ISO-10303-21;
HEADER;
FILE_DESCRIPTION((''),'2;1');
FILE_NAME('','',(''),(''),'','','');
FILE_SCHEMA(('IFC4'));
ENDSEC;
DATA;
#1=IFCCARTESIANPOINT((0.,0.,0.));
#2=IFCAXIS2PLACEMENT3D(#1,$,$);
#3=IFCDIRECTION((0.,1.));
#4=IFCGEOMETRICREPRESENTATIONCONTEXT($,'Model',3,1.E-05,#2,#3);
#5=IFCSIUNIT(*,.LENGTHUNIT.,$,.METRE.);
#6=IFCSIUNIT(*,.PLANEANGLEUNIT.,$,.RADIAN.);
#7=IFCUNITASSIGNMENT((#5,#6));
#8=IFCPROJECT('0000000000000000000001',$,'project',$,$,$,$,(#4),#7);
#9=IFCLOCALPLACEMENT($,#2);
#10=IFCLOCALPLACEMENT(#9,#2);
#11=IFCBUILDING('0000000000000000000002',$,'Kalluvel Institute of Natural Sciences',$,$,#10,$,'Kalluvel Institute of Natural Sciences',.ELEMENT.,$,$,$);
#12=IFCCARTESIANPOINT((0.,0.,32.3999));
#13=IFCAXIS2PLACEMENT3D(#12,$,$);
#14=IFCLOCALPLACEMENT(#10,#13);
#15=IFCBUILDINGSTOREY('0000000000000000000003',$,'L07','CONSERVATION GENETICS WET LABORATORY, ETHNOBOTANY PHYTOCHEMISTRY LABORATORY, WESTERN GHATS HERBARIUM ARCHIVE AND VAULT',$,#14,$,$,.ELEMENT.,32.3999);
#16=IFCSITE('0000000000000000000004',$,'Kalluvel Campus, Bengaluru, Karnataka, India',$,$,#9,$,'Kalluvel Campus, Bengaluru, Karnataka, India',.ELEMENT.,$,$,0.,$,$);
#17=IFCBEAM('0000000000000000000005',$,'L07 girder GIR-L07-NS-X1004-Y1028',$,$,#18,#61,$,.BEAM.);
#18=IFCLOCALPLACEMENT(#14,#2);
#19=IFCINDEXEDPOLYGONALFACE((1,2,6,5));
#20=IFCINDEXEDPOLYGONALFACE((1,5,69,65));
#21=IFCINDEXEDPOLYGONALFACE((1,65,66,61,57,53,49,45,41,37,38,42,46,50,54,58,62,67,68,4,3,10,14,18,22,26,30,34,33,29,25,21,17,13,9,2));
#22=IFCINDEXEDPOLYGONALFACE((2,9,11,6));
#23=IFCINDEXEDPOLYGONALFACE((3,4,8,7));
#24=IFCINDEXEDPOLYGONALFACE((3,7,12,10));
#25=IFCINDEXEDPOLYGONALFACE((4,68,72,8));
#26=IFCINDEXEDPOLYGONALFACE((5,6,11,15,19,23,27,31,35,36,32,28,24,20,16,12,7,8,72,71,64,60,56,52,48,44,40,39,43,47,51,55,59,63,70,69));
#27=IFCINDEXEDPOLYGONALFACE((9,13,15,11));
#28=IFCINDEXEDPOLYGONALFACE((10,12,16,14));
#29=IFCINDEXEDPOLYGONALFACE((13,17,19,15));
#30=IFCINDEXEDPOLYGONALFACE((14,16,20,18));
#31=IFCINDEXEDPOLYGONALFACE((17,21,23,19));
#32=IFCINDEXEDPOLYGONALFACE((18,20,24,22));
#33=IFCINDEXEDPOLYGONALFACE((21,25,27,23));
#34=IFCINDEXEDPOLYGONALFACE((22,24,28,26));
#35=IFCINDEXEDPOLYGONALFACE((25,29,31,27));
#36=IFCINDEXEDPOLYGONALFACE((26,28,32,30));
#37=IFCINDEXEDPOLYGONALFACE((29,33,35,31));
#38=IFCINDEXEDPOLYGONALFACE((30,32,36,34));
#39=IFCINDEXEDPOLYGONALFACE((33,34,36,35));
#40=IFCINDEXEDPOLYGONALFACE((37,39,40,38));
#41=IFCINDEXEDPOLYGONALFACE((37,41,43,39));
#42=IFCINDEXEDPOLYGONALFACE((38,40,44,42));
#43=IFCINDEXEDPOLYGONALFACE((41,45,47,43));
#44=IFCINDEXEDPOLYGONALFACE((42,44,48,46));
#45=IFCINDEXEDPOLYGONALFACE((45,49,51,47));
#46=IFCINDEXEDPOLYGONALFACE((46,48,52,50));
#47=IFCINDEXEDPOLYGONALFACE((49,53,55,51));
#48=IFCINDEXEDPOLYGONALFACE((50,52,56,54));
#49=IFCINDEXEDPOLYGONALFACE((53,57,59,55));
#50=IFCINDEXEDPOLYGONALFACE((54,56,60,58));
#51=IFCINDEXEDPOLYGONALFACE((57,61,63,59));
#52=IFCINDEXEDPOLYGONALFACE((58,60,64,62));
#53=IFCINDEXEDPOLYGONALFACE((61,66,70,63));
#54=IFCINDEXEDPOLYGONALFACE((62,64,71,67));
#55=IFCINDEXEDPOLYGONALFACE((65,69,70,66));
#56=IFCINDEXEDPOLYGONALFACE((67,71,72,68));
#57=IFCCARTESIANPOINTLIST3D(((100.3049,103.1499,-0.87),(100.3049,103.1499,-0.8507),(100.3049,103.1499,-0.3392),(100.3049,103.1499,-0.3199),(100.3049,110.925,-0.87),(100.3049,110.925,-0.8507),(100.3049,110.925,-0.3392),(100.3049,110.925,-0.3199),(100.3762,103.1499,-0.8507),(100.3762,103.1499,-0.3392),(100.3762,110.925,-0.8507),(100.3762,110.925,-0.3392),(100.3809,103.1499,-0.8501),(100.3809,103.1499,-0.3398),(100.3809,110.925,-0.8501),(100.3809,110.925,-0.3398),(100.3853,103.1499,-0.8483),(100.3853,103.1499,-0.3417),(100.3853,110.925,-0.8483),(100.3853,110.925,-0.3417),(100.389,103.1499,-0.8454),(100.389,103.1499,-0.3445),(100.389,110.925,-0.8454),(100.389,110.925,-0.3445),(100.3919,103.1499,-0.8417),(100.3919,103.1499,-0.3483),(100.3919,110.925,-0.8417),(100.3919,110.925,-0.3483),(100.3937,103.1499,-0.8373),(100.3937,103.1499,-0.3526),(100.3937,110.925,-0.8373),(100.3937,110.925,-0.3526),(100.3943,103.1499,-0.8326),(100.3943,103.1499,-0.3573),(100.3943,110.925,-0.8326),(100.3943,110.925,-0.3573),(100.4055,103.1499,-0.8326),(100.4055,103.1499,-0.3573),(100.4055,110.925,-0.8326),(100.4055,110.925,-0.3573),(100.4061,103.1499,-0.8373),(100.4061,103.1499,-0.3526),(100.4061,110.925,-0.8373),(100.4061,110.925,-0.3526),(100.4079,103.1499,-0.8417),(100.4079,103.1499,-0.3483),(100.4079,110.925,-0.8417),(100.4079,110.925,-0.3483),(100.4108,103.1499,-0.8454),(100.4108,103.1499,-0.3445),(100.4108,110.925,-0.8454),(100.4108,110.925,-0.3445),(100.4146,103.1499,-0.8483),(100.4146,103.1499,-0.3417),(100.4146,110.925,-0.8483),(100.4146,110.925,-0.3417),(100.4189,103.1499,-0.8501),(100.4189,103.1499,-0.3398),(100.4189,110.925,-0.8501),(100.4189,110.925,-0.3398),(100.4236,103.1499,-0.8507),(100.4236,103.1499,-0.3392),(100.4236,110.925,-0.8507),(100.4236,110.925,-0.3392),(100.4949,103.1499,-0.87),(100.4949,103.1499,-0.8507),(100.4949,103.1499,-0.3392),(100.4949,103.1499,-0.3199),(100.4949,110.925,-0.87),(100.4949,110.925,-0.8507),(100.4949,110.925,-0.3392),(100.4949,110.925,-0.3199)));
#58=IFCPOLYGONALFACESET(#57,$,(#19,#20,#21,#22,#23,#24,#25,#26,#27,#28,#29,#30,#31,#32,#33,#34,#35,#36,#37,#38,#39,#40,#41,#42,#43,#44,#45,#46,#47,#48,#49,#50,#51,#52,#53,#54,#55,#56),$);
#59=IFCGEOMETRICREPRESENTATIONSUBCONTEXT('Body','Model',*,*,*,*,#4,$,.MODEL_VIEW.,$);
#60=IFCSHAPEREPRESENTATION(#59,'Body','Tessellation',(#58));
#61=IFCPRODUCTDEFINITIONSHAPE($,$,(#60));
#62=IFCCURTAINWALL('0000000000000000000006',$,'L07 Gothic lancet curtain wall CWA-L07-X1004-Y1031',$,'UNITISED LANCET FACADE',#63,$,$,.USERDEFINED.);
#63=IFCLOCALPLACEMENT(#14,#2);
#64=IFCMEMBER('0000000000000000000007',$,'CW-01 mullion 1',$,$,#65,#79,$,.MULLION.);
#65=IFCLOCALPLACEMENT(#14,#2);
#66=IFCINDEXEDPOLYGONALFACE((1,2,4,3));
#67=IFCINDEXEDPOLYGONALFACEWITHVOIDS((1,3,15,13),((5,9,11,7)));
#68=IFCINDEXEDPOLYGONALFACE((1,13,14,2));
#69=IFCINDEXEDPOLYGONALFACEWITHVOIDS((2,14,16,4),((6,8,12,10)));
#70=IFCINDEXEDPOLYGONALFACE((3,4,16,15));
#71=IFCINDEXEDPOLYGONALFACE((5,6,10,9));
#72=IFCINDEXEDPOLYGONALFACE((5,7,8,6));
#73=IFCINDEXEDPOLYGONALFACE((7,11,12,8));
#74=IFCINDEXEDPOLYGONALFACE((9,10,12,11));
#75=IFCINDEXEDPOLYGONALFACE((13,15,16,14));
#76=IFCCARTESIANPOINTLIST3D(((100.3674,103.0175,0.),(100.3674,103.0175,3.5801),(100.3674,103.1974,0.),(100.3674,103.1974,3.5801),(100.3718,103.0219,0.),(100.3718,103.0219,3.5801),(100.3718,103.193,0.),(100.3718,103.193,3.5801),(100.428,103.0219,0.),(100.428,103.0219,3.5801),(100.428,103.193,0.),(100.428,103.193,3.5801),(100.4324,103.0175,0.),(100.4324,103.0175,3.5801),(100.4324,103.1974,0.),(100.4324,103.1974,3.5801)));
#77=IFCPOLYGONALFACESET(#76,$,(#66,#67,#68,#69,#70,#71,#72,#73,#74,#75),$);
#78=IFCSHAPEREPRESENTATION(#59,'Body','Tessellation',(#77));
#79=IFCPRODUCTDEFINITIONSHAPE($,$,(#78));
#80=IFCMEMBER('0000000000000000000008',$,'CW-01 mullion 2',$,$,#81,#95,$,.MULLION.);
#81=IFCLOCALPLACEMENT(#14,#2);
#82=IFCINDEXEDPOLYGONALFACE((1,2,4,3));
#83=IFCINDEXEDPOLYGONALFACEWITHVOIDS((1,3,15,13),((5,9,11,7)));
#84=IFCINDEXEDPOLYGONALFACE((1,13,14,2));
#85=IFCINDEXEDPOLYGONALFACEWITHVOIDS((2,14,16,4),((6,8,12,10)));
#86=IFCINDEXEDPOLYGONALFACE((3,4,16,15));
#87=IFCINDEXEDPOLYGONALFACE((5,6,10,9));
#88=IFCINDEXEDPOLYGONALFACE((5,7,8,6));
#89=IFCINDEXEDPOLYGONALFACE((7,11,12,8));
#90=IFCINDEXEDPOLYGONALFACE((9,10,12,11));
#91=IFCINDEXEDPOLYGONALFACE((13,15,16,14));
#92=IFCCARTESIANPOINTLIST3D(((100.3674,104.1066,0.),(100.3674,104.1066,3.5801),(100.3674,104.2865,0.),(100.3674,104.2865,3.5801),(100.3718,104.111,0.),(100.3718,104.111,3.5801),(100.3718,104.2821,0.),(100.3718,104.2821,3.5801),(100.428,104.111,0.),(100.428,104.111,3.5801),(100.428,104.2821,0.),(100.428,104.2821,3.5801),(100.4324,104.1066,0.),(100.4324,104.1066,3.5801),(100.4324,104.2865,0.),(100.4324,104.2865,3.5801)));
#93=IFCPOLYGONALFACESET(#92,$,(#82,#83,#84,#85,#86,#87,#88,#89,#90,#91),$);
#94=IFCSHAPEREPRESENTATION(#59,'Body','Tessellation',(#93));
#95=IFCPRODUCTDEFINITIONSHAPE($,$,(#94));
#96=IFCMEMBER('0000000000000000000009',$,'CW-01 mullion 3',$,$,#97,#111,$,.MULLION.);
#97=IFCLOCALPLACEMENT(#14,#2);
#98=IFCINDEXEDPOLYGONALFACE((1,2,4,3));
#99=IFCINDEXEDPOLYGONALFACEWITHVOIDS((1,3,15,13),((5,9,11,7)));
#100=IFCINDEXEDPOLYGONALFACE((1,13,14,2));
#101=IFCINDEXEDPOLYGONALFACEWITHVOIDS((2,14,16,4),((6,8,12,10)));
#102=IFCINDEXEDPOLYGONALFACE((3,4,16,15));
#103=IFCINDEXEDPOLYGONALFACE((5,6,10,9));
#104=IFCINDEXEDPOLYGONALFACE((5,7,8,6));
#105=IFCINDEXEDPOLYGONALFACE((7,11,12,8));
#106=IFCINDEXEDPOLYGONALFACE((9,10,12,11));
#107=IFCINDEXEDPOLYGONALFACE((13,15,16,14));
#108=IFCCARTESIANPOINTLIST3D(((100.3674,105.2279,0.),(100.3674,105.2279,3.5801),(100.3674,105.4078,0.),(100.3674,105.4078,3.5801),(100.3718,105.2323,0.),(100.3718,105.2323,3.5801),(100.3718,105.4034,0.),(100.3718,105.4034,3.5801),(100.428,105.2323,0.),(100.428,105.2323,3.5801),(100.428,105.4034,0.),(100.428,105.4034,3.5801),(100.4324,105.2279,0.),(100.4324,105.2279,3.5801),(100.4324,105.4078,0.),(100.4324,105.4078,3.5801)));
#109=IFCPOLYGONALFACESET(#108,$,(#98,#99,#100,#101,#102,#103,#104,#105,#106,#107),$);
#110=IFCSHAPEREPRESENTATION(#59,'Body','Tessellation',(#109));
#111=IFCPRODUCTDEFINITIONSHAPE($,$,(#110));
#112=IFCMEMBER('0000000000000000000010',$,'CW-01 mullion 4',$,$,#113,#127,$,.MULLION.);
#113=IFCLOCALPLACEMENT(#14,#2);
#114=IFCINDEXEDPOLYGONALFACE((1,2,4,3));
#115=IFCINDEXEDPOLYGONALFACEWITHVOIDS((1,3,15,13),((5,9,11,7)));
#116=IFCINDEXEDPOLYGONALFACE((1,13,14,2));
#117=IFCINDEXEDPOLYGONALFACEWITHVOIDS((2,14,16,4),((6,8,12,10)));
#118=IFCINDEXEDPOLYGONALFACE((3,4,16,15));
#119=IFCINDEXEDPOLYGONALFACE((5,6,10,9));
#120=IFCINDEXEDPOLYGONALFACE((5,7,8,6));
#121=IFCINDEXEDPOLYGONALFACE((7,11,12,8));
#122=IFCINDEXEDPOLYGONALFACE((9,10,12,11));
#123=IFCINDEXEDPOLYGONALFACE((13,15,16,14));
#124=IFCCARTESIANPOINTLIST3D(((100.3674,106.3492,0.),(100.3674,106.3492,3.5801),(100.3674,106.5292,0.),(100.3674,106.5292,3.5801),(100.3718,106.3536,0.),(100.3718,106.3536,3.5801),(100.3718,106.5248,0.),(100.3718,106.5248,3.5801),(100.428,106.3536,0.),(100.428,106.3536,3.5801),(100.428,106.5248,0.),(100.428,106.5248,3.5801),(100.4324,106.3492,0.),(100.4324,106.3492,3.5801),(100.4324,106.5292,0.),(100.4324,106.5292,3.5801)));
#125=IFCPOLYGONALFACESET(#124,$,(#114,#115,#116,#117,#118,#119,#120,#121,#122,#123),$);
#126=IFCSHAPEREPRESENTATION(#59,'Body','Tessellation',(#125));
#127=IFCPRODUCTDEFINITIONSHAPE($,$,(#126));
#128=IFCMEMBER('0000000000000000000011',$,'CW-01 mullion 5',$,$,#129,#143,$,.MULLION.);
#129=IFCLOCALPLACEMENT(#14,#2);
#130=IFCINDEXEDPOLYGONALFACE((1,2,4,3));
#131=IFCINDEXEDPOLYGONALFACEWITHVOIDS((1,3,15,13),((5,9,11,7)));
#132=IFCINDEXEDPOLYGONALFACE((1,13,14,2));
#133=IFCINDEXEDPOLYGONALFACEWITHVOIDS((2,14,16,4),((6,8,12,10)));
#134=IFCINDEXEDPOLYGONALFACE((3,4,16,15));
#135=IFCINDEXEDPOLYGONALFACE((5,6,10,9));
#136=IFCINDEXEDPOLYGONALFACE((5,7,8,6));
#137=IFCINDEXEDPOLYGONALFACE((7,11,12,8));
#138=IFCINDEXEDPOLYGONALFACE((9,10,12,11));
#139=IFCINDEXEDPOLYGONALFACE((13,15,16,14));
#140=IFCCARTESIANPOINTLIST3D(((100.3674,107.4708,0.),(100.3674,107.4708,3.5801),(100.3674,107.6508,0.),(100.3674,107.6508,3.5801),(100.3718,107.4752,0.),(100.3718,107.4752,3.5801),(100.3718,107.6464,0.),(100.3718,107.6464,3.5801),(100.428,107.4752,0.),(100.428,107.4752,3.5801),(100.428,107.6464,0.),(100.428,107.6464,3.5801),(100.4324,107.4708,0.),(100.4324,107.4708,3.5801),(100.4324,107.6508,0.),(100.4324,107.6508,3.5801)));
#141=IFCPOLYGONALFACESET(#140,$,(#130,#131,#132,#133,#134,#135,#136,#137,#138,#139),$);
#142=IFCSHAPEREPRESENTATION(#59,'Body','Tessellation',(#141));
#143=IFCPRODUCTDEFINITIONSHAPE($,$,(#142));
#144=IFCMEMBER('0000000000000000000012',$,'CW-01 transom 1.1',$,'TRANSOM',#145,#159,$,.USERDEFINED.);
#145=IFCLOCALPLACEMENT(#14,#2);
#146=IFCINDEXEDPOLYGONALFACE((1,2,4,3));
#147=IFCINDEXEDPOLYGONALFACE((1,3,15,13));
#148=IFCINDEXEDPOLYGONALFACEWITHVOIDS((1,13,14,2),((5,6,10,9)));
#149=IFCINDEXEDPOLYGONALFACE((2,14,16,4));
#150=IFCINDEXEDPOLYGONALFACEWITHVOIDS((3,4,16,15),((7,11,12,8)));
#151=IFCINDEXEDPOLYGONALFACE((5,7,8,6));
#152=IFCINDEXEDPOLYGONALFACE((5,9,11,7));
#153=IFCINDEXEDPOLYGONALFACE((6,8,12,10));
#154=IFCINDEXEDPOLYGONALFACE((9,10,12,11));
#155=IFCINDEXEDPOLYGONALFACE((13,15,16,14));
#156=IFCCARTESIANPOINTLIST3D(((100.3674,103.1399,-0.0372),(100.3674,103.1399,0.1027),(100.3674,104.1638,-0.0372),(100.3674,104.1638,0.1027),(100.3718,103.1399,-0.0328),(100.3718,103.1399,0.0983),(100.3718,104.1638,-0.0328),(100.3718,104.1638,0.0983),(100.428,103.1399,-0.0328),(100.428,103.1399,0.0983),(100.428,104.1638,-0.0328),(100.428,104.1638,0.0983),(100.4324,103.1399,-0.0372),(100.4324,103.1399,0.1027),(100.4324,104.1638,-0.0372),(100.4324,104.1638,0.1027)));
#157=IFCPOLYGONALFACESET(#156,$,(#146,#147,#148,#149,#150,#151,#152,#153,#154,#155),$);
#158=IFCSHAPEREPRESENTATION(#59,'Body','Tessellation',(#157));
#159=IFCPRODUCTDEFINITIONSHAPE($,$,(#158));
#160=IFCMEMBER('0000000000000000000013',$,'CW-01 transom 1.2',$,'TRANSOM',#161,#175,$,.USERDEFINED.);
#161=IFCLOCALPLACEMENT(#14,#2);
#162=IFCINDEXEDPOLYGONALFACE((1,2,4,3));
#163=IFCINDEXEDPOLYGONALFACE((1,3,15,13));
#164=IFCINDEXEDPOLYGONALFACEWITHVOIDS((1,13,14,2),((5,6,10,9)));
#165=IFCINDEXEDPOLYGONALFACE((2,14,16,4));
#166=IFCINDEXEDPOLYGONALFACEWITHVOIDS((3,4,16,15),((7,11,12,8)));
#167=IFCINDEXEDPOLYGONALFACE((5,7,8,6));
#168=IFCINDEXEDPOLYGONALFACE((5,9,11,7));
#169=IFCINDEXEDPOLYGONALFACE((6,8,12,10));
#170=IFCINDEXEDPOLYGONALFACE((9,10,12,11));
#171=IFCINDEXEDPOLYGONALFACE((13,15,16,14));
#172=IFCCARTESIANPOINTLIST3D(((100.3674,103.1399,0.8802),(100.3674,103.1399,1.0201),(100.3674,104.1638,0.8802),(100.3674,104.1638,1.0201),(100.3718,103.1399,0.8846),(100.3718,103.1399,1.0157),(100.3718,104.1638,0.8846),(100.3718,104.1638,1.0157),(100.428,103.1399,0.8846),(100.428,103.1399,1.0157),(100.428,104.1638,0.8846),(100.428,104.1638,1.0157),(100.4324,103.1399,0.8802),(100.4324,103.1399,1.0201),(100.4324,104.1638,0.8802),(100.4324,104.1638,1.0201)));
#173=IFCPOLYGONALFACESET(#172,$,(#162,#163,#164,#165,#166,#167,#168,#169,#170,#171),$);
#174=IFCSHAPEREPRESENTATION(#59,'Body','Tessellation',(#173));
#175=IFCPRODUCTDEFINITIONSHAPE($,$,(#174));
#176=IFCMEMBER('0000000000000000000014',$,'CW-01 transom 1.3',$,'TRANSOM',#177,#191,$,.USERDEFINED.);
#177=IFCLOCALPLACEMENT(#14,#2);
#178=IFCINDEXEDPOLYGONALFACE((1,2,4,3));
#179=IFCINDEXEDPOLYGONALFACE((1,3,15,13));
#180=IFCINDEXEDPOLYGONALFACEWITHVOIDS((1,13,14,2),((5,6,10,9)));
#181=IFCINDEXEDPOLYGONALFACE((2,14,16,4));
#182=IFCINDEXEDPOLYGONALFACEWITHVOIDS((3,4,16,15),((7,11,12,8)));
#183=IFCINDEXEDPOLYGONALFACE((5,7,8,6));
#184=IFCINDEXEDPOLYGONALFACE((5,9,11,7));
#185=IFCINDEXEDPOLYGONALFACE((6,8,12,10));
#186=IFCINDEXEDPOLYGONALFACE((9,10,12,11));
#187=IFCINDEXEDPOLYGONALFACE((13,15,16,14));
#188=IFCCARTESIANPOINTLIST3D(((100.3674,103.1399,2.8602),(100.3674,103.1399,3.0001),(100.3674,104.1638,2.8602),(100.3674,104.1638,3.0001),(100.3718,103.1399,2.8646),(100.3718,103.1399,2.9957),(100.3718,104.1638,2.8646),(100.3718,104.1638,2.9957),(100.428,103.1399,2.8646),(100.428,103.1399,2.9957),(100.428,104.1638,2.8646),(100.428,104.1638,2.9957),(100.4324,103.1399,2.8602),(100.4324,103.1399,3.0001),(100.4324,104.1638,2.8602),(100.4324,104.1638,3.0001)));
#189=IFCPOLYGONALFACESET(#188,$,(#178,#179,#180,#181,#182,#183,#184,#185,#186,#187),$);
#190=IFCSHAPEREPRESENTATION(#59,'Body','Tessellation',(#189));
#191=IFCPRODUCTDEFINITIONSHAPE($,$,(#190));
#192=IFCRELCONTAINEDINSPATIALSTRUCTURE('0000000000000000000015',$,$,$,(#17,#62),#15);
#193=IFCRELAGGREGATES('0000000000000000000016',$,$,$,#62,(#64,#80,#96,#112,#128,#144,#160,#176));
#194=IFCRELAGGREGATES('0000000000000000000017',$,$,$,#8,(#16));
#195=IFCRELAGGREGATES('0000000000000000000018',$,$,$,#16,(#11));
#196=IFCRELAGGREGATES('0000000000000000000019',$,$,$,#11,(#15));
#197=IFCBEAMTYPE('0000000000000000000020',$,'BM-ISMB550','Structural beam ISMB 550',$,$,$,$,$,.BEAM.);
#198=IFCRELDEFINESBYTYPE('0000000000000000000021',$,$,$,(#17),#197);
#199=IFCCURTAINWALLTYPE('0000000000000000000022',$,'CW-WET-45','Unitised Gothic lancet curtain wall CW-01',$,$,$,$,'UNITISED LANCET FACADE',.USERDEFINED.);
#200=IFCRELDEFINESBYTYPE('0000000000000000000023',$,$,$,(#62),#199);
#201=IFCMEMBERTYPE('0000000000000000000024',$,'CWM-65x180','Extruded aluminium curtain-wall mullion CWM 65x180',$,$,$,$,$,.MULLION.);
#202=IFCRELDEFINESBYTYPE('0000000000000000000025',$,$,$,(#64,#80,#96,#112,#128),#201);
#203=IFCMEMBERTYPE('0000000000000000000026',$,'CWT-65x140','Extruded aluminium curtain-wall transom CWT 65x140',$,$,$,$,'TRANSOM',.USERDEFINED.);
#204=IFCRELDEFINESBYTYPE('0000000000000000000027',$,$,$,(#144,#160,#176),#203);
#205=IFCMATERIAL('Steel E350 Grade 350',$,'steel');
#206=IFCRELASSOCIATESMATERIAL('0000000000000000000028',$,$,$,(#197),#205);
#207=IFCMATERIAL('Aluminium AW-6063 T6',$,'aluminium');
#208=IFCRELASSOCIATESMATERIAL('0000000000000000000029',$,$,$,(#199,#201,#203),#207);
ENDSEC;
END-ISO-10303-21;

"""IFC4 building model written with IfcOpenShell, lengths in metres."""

from ifc_helpers import new_model, si_unit, direction, frame, origin, origin_2d, place, context, subcontext, project, spatial, hollow_rectangle, i_section, extrude, material, material_profile, profile_set, type_object, element, aggregate, save


model = new_model("IFC4")

# Units and contexts
model_context = context("Model", 3, precision=1e-05, world=origin(), true_north=direction((0.0, 1.0)))
body_context = subcontext(model_context, "Body", "Model", "MODEL_VIEW")
ifc_project = project(units=[si_unit("LENGTHUNIT", "METRE"), si_unit("PLANEANGLEUNIT", "RADIAN")], contexts=[model_context])

# Site, building, storey
site_placement = place(None, origin())
site = spatial("IfcSite", under=ifc_project, at=site_placement, Name="Kalluvel Campus, Bengaluru, Karnataka, India", LongName="Kalluvel Campus, Bengaluru, Karnataka, India", CompositionType="ELEMENT", RefElevation=0.0)
building_placement = place(site_placement, origin())
building = spatial("IfcBuilding", under=site, at=building_placement, Name="Kalluvel Institute of Natural Sciences", LongName="Kalluvel Institute of Natural Sciences", CompositionType="ELEMENT")
storey_placement = place(building_placement, frame((0.0, 0.0, 32.3999)))
storey = spatial("IfcBuildingStorey", under=building, at=storey_placement, Name="L07", Description="CONSERVATION GENETICS WET LABORATORY, ETHNOBOTANY PHYTOCHEMISTRY LABORATORY, WESTERN GHATS HERBARIUM ARCHIVE AND VAULT", CompositionType="ELEMENT", Elevation=32.3999)

# Beam
ifc_material_1 = material(Name="Steel E350 Grade 350", Category="steel")
ifc_material_profile_1 = material_profile(ifc_material_1, i_section(OverallWidth=0.1899, OverallDepth=0.55, WebThickness=0.0112, FlangeThickness=0.0193, FilletRadius=0.0181, at=origin_2d()), Name="ISMB 550")
ifc_profile_set_1 = profile_set([ifc_material_profile_1], Name="Steel E350 Grade 350")
beam_type = type_object("IfcBeamType", Name="BM-ISMB550", Description="Structural beam ISMB 550", PredefinedType="BEAM", material=ifc_profile_set_1)
beam_placement = place(storey_placement, frame((100.3999, 103.1499, -0.595), z_axis=(0.0, 1.0, 0.0), x_axis=(-1.0, 0.0, 0.0)))
element("IfcBeam", 1, at=beam_placement, inside=storey, type_object=beam_type, Name="L07 girder GIR-L07-NS-X1004-Y1028", PredefinedType="BEAM", context=body_context, shape_type="SweptSolid", body=[
    extrude(i_section(OverallWidth=0.1899, OverallDepth=0.55, WebThickness=0.0112, FlangeThickness=0.0193, FilletRadius=0.0181, at=origin_2d()), origin(), (0.0, 0.0, 1.0), 7.7751),
])

# Curtain wall, members
ifc_material_2 = material(Name="Aluminium AW-6063 T6", Category="aluminium")
curtain_wall_type = type_object("IfcCurtainWallType", Name="CW-WET-45", Description="Unitised Gothic lancet curtain wall CW-01", ElementType="UNITISED LANCET FACADE", PredefinedType="USERDEFINED", material=ifc_material_2)
curtain_wall_placement = place(storey_placement, origin())
curtain_wall = element("IfcCurtainWall", 2, at=curtain_wall_placement, inside=storey, type_object=curtain_wall_type, Name="L07 Gothic lancet curtain wall CWA-L07-X1004-Y1031", ObjectType="UNITISED LANCET FACADE", PredefinedType="USERDEFINED")
ifc_material_profile_2 = material_profile(ifc_material_2, hollow_rectangle(XDim=0.0649, YDim=0.1799, WallThickness=0.0044, at=origin_2d()), Name="CWM 65x180")
ifc_profile_set_2 = profile_set([ifc_material_profile_2], Name="Aluminium AW-6063 T6")
member_type_1 = type_object("IfcMemberType", Name="CWM-65x180", Description="Extruded aluminium curtain-wall mullion CWM 65x180", PredefinedType="MULLION", material=ifc_profile_set_2)
member_1_placement = place(storey_placement, frame((100.3999, 103.1074, 0.0), z_axis=(0.0, 0.0, 1.0), x_axis=(-1.0, 0.0, 0.0)))
member_1 = element("IfcMember", 3, at=member_1_placement, type_object=member_type_1, Name="CW-01 mullion 1", PredefinedType="MULLION", context=body_context, shape_type="SweptSolid", body=[
    extrude(hollow_rectangle(XDim=0.0649, YDim=0.1799, WallThickness=0.0044, at=origin_2d()), origin(), (0.0, 0.0, 1.0), 3.5801),
])
member_2_placement = place(storey_placement, frame((100.3999, 104.1965, 0.0), z_axis=(0.0, 0.0, 1.0), x_axis=(-1.0, 0.0, 0.0)))
member_2 = element("IfcMember", 4, at=member_2_placement, type_object=member_type_1, Name="CW-01 mullion 2", PredefinedType="MULLION", context=body_context, shape_type="SweptSolid", body=[
    extrude(hollow_rectangle(XDim=0.0649, YDim=0.1799, WallThickness=0.0044, at=origin_2d()), origin(), (0.0, 0.0, 1.0), 3.5801),
])
member_3_placement = place(storey_placement, frame((100.3999, 105.3179, 0.0), z_axis=(0.0, 0.0, 1.0), x_axis=(-1.0, 0.0, 0.0)))
member_3 = element("IfcMember", 5, at=member_3_placement, type_object=member_type_1, Name="CW-01 mullion 3", PredefinedType="MULLION", context=body_context, shape_type="SweptSolid", body=[
    extrude(hollow_rectangle(XDim=0.0649, YDim=0.1799, WallThickness=0.0044, at=origin_2d()), origin(), (0.0, 0.0, 1.0), 3.5801),
])
member_4_placement = place(storey_placement, frame((100.3999, 106.4392, 0.0), z_axis=(0.0, 0.0, 1.0), x_axis=(-1.0, 0.0, 0.0)))
member_4 = element("IfcMember", 6, at=member_4_placement, type_object=member_type_1, Name="CW-01 mullion 4", PredefinedType="MULLION", context=body_context, shape_type="SweptSolid", body=[
    extrude(hollow_rectangle(XDim=0.0649, YDim=0.1799, WallThickness=0.0044, at=origin_2d()), origin(), (0.0, 0.0, 1.0), 3.5801),
])
member_5_placement = place(storey_placement, frame((100.3999, 107.5608, 0.0), z_axis=(0.0, 0.0, 1.0), x_axis=(-1.0, 0.0, 0.0)))
member_5 = element("IfcMember", 7, at=member_5_placement, type_object=member_type_1, Name="CW-01 mullion 5", PredefinedType="MULLION", context=body_context, shape_type="SweptSolid", body=[
    extrude(hollow_rectangle(XDim=0.0649, YDim=0.1799, WallThickness=0.0044, at=origin_2d()), origin(), (0.0, 0.0, 1.0), 3.5801),
])
ifc_material_profile_3 = material_profile(ifc_material_2, hollow_rectangle(XDim=0.0649, YDim=0.1399, WallThickness=0.0044, at=origin_2d()), Name="CWT 65x140")
ifc_profile_set_3 = profile_set([ifc_material_profile_3], Name="Aluminium AW-6063 T6")
member_type_2 = type_object("IfcMemberType", Name="CWT-65x140", Description="Extruded aluminium curtain-wall transom CWT 65x140", ElementType="TRANSOM", PredefinedType="USERDEFINED", material=ifc_profile_set_3)
member_6_placement = place(storey_placement, frame((100.3999, 103.1399, 0.0327), z_axis=(0.0, 1.0, 0.0), x_axis=(-1.0, 0.0, 0.0)))
member_6 = element("IfcMember", 8, at=member_6_placement, type_object=member_type_2, Name="CW-01 transom 1.1", ObjectType="TRANSOM", PredefinedType="USERDEFINED", context=body_context, shape_type="SweptSolid", body=[
    extrude(hollow_rectangle(XDim=0.0649, YDim=0.1399, WallThickness=0.0044, at=origin_2d()), origin(), (0.0, 0.0, 1.0), 1.0239),
])
member_7_placement = place(storey_placement, frame((100.3999, 103.1399, 0.9502), z_axis=(0.0, 1.0, 0.0), x_axis=(-1.0, 0.0, 0.0)))
member_7 = element("IfcMember", 9, at=member_7_placement, type_object=member_type_2, Name="CW-01 transom 1.2", ObjectType="TRANSOM", PredefinedType="USERDEFINED", context=body_context, shape_type="SweptSolid", body=[
    extrude(hollow_rectangle(XDim=0.0649, YDim=0.1399, WallThickness=0.0044, at=origin_2d()), origin(), (0.0, 0.0, 1.0), 1.0239),
])
member_8_placement = place(storey_placement, frame((100.3999, 103.1399, 2.9302), z_axis=(0.0, 1.0, 0.0), x_axis=(-1.0, 0.0, 0.0)))
member_8 = element("IfcMember", 10, at=member_8_placement, type_object=member_type_2, Name="CW-01 transom 1.3", ObjectType="TRANSOM", PredefinedType="USERDEFINED", context=body_context, shape_type="SweptSolid", body=[
    extrude(hollow_rectangle(XDim=0.0649, YDim=0.1399, WallThickness=0.0044, at=origin_2d()), origin(), (0.0, 0.0, 1.0), 1.0239),
])
aggregate(curtain_wall, [member_1, member_2, member_3, member_4, member_5, member_6, member_7, member_8])

save(model, "model.ifc")
